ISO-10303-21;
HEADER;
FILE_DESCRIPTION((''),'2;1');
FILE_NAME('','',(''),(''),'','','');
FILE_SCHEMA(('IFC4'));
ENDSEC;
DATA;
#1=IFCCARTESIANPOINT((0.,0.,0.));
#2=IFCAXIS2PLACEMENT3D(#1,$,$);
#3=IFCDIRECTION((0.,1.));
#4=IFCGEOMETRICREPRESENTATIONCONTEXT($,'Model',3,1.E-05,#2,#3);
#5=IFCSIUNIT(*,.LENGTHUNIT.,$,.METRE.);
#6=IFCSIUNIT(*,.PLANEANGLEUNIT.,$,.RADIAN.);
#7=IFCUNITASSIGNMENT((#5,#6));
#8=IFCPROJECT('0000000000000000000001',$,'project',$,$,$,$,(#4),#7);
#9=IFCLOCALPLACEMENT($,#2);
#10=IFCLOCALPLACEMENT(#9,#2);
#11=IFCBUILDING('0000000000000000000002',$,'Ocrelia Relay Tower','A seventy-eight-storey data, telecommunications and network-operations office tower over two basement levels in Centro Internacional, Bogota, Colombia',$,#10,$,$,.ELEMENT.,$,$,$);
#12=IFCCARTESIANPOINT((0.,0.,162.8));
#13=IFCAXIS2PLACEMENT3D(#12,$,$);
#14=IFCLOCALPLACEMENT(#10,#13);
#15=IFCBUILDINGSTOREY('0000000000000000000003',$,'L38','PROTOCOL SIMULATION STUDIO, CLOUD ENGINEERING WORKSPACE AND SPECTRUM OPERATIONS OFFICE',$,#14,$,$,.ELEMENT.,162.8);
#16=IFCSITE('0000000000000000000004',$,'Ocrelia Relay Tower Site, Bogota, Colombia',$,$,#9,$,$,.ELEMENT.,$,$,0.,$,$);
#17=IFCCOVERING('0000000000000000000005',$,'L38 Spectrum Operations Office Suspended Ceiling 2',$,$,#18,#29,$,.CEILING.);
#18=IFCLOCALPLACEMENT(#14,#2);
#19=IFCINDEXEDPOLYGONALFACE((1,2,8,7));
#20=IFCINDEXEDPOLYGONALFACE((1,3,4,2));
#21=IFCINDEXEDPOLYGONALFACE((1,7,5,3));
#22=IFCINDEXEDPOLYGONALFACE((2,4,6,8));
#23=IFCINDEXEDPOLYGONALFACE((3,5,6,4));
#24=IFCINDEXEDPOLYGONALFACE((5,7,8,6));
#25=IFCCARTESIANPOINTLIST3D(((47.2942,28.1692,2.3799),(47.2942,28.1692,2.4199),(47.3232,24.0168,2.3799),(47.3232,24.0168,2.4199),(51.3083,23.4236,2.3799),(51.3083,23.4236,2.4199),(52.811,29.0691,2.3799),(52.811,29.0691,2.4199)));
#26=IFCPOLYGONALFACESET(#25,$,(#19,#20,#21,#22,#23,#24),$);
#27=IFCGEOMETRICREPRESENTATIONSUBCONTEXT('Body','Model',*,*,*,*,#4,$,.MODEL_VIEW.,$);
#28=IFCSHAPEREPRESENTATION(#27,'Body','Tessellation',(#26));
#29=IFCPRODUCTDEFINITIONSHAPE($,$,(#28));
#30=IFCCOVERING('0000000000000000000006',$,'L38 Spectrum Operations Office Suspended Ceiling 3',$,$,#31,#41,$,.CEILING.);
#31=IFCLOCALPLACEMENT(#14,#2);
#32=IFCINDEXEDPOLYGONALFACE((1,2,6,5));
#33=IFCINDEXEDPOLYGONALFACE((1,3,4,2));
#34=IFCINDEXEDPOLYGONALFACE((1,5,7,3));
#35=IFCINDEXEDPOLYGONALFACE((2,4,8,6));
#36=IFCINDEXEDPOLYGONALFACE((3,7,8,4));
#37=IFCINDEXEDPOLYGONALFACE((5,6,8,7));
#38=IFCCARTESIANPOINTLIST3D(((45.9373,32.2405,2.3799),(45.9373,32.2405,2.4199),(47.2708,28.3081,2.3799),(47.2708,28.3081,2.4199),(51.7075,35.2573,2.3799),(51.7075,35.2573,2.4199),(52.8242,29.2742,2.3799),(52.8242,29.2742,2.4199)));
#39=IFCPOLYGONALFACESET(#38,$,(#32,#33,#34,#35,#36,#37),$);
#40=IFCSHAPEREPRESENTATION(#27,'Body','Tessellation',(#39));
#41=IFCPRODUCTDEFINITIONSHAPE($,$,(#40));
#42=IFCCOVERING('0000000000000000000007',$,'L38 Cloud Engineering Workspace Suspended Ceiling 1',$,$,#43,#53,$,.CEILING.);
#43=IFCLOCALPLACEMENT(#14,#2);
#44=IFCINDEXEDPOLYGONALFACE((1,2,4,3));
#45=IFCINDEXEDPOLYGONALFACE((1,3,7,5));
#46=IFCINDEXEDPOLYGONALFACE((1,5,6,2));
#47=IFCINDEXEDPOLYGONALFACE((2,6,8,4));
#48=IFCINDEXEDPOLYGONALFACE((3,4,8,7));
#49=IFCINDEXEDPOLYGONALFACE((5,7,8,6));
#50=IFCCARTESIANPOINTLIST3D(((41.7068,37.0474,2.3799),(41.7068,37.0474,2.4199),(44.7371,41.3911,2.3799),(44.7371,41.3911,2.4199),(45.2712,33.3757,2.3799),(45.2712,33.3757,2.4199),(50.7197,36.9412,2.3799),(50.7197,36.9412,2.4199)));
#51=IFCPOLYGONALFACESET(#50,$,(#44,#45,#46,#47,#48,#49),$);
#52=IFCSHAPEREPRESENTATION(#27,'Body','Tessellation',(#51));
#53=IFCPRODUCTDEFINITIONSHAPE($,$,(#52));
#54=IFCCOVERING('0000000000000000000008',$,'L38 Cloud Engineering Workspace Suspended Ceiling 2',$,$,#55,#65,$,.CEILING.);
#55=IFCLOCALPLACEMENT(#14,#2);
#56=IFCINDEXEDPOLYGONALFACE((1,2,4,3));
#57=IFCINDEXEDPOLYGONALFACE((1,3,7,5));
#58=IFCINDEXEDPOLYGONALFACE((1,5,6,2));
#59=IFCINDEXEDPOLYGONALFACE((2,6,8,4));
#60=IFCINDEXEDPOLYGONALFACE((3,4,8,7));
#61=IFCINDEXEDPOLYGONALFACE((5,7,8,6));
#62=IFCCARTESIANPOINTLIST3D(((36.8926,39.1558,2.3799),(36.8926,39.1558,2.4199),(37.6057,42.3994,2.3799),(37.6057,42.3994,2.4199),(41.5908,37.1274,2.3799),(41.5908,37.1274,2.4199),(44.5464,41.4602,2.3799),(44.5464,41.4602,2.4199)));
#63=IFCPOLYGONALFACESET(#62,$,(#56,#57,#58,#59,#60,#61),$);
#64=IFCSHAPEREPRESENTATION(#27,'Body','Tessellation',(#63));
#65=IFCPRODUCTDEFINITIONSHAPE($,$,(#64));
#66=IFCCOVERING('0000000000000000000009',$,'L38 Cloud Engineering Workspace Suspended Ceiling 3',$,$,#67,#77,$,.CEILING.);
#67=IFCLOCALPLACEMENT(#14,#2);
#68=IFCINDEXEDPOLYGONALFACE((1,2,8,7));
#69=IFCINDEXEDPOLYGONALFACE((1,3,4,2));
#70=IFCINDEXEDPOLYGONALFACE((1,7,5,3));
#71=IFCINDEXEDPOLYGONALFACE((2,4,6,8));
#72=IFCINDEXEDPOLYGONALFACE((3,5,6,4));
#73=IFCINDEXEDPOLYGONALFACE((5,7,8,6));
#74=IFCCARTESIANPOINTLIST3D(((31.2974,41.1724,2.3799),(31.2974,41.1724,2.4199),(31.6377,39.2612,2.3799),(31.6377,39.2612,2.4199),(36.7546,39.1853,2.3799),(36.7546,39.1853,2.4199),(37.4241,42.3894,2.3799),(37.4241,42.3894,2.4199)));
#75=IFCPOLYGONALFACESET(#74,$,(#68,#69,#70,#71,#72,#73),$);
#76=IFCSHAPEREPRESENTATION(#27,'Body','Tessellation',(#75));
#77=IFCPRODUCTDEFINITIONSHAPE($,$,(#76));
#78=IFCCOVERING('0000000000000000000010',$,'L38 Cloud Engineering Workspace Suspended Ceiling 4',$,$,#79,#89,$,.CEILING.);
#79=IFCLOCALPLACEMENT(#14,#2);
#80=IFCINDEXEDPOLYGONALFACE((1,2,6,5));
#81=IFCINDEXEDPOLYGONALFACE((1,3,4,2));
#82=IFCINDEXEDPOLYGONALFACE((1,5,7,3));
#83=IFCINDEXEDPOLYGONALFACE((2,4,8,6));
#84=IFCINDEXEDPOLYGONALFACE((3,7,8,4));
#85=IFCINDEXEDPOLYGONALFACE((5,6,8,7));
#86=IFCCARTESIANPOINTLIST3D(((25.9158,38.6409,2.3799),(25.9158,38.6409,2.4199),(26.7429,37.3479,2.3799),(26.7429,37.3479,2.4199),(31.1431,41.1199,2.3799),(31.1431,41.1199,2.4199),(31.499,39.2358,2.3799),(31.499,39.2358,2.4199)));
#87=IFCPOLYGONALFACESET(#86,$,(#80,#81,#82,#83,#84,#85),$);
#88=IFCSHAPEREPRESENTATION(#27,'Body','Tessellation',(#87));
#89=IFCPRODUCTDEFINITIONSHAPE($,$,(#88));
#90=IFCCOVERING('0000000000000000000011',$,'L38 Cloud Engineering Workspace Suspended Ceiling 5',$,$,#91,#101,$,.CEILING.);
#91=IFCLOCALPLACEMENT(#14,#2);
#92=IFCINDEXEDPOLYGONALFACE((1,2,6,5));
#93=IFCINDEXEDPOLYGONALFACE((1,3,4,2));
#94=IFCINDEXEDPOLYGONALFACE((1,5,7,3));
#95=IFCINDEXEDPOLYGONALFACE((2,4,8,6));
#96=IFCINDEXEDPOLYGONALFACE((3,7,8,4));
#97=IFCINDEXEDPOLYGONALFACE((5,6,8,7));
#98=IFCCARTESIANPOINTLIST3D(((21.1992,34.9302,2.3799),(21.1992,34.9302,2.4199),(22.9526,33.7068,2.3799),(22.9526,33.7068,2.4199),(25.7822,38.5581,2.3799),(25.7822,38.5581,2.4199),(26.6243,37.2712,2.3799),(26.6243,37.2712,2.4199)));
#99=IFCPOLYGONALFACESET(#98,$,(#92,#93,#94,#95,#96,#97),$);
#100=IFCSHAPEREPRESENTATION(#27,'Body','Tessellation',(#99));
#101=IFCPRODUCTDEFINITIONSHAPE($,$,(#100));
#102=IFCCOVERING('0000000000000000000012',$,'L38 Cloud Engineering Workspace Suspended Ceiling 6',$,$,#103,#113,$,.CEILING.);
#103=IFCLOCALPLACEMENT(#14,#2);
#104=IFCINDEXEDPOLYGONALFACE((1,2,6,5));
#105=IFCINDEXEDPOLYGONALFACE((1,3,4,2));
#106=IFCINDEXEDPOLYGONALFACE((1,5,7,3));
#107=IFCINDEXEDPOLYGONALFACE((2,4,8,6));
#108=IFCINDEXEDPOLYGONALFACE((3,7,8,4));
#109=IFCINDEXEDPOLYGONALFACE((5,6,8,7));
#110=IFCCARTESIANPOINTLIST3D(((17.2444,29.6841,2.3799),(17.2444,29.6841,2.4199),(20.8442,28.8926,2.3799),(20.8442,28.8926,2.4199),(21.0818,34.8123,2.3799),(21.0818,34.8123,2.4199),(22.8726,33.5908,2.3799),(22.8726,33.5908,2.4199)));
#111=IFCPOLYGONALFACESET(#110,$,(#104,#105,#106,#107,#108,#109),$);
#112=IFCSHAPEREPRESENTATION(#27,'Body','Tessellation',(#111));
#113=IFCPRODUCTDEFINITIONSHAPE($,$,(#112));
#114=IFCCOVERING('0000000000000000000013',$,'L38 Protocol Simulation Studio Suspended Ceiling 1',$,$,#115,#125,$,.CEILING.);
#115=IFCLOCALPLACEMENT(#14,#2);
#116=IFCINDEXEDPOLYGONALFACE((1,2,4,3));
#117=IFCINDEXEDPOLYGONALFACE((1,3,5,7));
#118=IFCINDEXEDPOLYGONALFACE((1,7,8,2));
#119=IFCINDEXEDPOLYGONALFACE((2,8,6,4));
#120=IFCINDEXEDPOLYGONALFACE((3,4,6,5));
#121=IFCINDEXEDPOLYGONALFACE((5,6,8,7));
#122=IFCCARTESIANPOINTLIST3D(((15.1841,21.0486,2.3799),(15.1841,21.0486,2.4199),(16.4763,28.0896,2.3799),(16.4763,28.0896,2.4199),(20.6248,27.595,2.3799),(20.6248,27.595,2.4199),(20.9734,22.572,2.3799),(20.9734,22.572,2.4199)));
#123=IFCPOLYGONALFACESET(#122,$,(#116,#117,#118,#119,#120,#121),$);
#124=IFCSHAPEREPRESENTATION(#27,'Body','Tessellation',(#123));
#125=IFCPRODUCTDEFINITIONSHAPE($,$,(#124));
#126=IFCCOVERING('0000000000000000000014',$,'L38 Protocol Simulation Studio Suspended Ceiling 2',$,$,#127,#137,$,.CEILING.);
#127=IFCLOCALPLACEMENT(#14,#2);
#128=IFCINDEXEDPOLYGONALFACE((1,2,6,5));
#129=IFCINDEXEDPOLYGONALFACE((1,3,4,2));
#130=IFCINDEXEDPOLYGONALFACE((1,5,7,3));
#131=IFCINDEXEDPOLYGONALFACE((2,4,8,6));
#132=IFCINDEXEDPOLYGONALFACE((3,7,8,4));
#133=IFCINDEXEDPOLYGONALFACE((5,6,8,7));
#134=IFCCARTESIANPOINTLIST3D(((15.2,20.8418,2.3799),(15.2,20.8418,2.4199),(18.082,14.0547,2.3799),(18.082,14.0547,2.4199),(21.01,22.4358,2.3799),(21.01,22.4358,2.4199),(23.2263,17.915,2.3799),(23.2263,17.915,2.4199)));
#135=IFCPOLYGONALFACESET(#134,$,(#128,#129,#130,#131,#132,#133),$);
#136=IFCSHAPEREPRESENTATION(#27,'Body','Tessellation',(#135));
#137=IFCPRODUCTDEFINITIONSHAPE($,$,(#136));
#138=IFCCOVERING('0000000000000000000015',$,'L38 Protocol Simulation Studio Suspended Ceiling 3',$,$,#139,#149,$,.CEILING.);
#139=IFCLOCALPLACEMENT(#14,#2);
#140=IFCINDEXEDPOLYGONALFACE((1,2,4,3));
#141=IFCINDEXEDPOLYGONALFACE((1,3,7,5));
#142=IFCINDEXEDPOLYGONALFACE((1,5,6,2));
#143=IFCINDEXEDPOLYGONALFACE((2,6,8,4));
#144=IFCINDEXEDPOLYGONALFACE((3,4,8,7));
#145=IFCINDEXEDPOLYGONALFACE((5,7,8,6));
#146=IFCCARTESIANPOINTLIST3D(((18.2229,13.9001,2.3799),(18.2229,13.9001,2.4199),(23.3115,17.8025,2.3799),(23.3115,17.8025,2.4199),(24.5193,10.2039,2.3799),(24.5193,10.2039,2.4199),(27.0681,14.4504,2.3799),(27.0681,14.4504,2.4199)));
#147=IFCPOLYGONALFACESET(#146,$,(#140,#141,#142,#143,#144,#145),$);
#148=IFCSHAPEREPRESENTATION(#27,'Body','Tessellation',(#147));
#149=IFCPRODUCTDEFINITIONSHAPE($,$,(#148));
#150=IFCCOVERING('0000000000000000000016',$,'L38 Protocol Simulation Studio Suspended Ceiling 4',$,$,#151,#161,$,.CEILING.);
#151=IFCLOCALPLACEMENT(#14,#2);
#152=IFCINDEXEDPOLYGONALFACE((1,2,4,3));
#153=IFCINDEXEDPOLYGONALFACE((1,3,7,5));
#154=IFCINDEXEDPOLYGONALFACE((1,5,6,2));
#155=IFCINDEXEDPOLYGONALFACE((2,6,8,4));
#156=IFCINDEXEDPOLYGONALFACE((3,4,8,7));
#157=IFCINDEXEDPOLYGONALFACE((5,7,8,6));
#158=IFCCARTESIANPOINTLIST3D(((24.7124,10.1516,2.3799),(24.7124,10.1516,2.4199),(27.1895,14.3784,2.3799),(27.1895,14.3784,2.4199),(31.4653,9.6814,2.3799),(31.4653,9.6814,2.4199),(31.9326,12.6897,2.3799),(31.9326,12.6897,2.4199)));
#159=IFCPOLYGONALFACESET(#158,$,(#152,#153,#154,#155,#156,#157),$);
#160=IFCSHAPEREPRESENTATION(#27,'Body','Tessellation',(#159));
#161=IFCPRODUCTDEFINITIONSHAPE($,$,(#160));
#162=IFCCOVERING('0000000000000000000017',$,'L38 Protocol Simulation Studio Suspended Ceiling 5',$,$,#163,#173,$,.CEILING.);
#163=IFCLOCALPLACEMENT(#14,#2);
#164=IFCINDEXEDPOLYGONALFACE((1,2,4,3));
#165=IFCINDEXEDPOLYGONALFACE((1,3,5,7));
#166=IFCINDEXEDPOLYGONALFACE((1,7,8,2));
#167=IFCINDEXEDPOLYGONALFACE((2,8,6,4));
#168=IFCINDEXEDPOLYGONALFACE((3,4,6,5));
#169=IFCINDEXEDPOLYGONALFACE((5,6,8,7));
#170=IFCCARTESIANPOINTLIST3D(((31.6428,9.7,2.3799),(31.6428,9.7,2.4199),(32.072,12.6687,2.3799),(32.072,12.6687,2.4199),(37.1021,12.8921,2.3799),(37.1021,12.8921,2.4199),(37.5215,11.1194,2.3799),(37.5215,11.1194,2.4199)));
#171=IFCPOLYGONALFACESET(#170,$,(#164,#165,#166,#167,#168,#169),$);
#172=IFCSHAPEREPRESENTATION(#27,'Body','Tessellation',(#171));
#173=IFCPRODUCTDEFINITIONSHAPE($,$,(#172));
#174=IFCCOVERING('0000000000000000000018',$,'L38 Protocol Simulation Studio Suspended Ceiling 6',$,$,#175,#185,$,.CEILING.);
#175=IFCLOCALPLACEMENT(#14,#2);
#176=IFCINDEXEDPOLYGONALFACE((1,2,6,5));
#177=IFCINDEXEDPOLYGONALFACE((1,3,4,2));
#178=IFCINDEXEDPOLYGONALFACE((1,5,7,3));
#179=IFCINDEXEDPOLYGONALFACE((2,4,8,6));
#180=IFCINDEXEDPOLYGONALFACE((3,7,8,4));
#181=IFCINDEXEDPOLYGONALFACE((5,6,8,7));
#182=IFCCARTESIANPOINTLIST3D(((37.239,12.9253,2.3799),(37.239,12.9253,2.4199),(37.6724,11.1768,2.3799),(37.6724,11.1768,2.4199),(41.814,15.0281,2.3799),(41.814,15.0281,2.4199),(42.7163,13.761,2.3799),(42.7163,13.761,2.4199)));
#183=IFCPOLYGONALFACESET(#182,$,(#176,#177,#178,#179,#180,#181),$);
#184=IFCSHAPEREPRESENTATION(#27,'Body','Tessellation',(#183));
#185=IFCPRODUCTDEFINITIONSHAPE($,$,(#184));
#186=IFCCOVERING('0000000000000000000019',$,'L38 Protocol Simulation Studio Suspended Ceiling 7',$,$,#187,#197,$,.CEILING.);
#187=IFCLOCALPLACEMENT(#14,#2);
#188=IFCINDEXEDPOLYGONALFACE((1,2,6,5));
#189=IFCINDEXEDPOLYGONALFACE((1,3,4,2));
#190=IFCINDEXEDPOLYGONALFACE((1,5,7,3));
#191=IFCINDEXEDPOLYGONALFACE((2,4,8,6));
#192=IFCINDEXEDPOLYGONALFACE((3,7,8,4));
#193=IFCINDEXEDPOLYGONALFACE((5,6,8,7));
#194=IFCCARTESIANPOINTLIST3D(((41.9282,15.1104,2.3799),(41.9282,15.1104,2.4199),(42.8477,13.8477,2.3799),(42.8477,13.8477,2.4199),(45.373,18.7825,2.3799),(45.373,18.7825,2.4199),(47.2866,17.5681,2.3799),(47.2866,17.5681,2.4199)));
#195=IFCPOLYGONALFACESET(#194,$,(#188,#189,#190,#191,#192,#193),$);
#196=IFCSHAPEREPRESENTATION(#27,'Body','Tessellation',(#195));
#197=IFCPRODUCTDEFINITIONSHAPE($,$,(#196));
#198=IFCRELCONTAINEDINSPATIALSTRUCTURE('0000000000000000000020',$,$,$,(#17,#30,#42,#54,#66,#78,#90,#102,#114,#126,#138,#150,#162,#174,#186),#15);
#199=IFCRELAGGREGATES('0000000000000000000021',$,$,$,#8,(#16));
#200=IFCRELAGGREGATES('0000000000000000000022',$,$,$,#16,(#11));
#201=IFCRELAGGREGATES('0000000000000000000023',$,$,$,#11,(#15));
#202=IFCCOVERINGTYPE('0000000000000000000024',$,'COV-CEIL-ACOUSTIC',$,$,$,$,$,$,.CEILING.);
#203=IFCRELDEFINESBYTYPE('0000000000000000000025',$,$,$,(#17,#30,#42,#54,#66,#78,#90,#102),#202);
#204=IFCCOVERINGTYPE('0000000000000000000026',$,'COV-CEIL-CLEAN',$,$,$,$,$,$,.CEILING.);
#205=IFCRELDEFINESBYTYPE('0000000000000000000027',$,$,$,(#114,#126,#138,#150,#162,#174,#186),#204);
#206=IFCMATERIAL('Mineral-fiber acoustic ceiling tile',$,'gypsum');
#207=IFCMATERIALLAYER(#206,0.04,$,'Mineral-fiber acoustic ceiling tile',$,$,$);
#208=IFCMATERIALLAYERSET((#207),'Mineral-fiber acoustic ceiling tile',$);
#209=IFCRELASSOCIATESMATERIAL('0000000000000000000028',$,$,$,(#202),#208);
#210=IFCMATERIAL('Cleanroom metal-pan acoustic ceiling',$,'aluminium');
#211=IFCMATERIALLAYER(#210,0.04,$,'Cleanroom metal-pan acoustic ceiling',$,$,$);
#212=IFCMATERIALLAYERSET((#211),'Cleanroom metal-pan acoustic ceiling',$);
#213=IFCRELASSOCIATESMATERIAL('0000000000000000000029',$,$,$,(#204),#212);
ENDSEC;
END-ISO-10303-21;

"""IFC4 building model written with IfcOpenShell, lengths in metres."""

from ifc_helpers import new_model, si_unit, direction, frame, origin, place, context, subcontext, project, spatial, polyline, outline, extrude, material, layer, layer_set, type_object, element, save


model = new_model("IFC4")

# Units and contexts
model_context = context("Model", 3, precision=1e-05, world=origin(), true_north=direction((0.0, 1.0)))
body_context = subcontext(model_context, "Body", "Model", "MODEL_VIEW")
ifc_project = project(units=[si_unit("LENGTHUNIT", "METRE"), si_unit("PLANEANGLEUNIT", "RADIAN")], contexts=[model_context])

# Site, building, storey
site_placement = place(None, origin())
site = spatial("IfcSite", under=ifc_project, at=site_placement, Name="Ocrelia Relay Tower Site, Bogota, Colombia", CompositionType="ELEMENT", RefElevation=0.0)
building_placement = place(site_placement, origin())
building = spatial("IfcBuilding", under=site, at=building_placement, Name="Ocrelia Relay Tower", Description="A seventy-eight-storey data, telecommunications and network-operations office tower over two basement levels in Centro Internacional, Bogota, Colombia", CompositionType="ELEMENT")
storey_placement = place(building_placement, frame((0.0, 0.0, 162.8)))
storey = spatial("IfcBuildingStorey", under=building, at=storey_placement, Name="L38", Description="PROTOCOL SIMULATION STUDIO, CLOUD ENGINEERING WORKSPACE AND SPECTRUM OPERATIONS OFFICE", CompositionType="ELEMENT", Elevation=162.8)

# Coverings
ifc_material_1 = material(Name="Mineral-fiber acoustic ceiling tile", Category="gypsum")
ifc_layer_1 = layer(ifc_material_1, 0.04, Name="Mineral-fiber acoustic ceiling tile")
ifc_layer_set_1 = layer_set([ifc_layer_1], Name="Mineral-fiber acoustic ceiling tile")
covering_type_1 = type_object("IfcCoveringType", Name="COV-CEIL-ACOUSTIC", PredefinedType="CEILING", material=ifc_layer_set_1)
covering_1_placement = place(storey_placement, frame((0.0, 0.0, 2.3799)))
element("IfcCovering", 1, at=covering_1_placement, inside=storey, type_object=covering_type_1, Name="L38 Spectrum Operations Office Suspended Ceiling 2", PredefinedType="CEILING", context=body_context, shape_type="SweptSolid", body=[
    extrude(outline(polyline([(47.3232, 24.0168), (51.3083, 23.4236), (52.811, 29.0691), (47.2942, 28.1692), (47.3232, 24.0168)])), origin(), (0.0, 0.0, 1.0), 0.04),
])
covering_2_placement = place(storey_placement, frame((0.0, 0.0, 2.3799)))
element("IfcCovering", 2, at=covering_2_placement, inside=storey, type_object=covering_type_1, Name="L38 Spectrum Operations Office Suspended Ceiling 3", PredefinedType="CEILING", context=body_context, shape_type="SweptSolid", body=[
    extrude(outline(polyline([(47.2708, 28.3081), (52.8242, 29.2742), (51.7075, 35.2573), (45.9373, 32.2405), (47.2708, 28.3081)])), origin(), (0.0, 0.0, 1.0), 0.04),
])
covering_3_placement = place(storey_placement, frame((0.0, 0.0, 2.3799)))
element("IfcCovering", 3, at=covering_3_placement, inside=storey, type_object=covering_type_1, Name="L38 Cloud Engineering Workspace Suspended Ceiling 1", PredefinedType="CEILING", context=body_context, shape_type="SweptSolid", body=[
    extrude(outline(polyline([(45.2712, 33.3757), (50.7197, 36.9412), (44.7371, 41.3911), (41.7068, 37.0474), (45.2712, 33.3757)])), origin(), (0.0, 0.0, 1.0), 0.04),
])
covering_4_placement = place(storey_placement, frame((0.0, 0.0, 2.3799)))
element("IfcCovering", 4, at=covering_4_placement, inside=storey, type_object=covering_type_1, Name="L38 Cloud Engineering Workspace Suspended Ceiling 2", PredefinedType="CEILING", context=body_context, shape_type="SweptSolid", body=[
    extrude(outline(polyline([(41.5908, 37.1274), (44.5464, 41.4602), (37.6057, 42.3994), (36.8926, 39.1558), (41.5908, 37.1274)])), origin(), (0.0, 0.0, 1.0), 0.04),
])
covering_5_placement = place(storey_placement, frame((0.0, 0.0, 2.3799)))
element("IfcCovering", 5, at=covering_5_placement, inside=storey, type_object=covering_type_1, Name="L38 Cloud Engineering Workspace Suspended Ceiling 3", PredefinedType="CEILING", context=body_context, shape_type="SweptSolid", body=[
    extrude(outline(polyline([(36.7546, 39.1853), (37.4241, 42.3894), (31.2974, 41.1724), (31.6377, 39.2612), (36.7546, 39.1853)])), origin(), (0.0, 0.0, 1.0), 0.04),
])
covering_6_placement = place(storey_placement, frame((0.0, 0.0, 2.3799)))
element("IfcCovering", 6, at=covering_6_placement, inside=storey, type_object=covering_type_1, Name="L38 Cloud Engineering Workspace Suspended Ceiling 4", PredefinedType="CEILING", context=body_context, shape_type="SweptSolid", body=[
    extrude(outline(polyline([(31.499, 39.2358), (31.1431, 41.1199), (25.9158, 38.6409), (26.7429, 37.3479), (31.499, 39.2358)])), origin(), (0.0, 0.0, 1.0), 0.04),
])
covering_7_placement = place(storey_placement, frame((0.0, 0.0, 2.3799)))
element("IfcCovering", 7, at=covering_7_placement, inside=storey, type_object=covering_type_1, Name="L38 Cloud Engineering Workspace Suspended Ceiling 5", PredefinedType="CEILING", context=body_context, shape_type="SweptSolid", body=[
    extrude(outline(polyline([(26.6243, 37.2712), (25.7822, 38.5581), (21.1992, 34.9302), (22.9526, 33.7068), (26.6243, 37.2712)])), origin(), (0.0, 0.0, 1.0), 0.04),
])
covering_8_placement = place(storey_placement, frame((0.0, 0.0, 2.3799)))
element("IfcCovering", 8, at=covering_8_placement, inside=storey, type_object=covering_type_1, Name="L38 Cloud Engineering Workspace Suspended Ceiling 6", PredefinedType="CEILING", context=body_context, shape_type="SweptSolid", body=[
    extrude(outline(polyline([(22.8726, 33.5908), (21.0818, 34.8123), (17.2444, 29.6841), (20.8442, 28.8926), (22.8726, 33.5908)])), origin(), (0.0, 0.0, 1.0), 0.04),
])
ifc_material_2 = material(Name="Cleanroom metal-pan acoustic ceiling", Category="aluminium")
ifc_layer_2 = layer(ifc_material_2, 0.04, Name="Cleanroom metal-pan acoustic ceiling")
ifc_layer_set_2 = layer_set([ifc_layer_2], Name="Cleanroom metal-pan acoustic ceiling")
covering_type_2 = type_object("IfcCoveringType", Name="COV-CEIL-CLEAN", PredefinedType="CEILING", material=ifc_layer_set_2)
covering_9_placement = place(storey_placement, frame((0.0, 0.0, 2.3799)))
element("IfcCovering", 9, at=covering_9_placement, inside=storey, type_object=covering_type_2, Name="L38 Protocol Simulation Studio Suspended Ceiling 1", PredefinedType="CEILING", context=body_context, shape_type="SweptSolid", body=[
    extrude(outline(polyline([(20.6248, 27.595), (16.4763, 28.0896), (15.1841, 21.0486), (20.9734, 22.572), (20.6248, 27.595)])), origin(), (0.0, 0.0, 1.0), 0.04),
])
covering_10_placement = place(storey_placement, frame((0.0, 0.0, 2.3799)))
element("IfcCovering", 10, at=covering_10_placement, inside=storey, type_object=covering_type_2, Name="L38 Protocol Simulation Studio Suspended Ceiling 2", PredefinedType="CEILING", context=body_context, shape_type="SweptSolid", body=[
    extrude(outline(polyline([(21.01, 22.4358), (15.2, 20.8418), (18.082, 14.0547), (23.2263, 17.915), (21.01, 22.4358)])), origin(), (0.0, 0.0, 1.0), 0.04),
])
covering_11_placement = place(storey_placement, frame((0.0, 0.0, 2.3799)))
element("IfcCovering", 11, at=covering_11_placement, inside=storey, type_object=covering_type_2, Name="L38 Protocol Simulation Studio Suspended Ceiling 3", PredefinedType="CEILING", context=body_context, shape_type="SweptSolid", body=[
    extrude(outline(polyline([(23.3115, 17.8025), (18.2229, 13.9001), (24.5193, 10.2039), (27.0681, 14.4504), (23.3115, 17.8025)])), origin(), (0.0, 0.0, 1.0), 0.04),
])
covering_12_placement = place(storey_placement, frame((0.0, 0.0, 2.3799)))
element("IfcCovering", 12, at=covering_12_placement, inside=storey, type_object=covering_type_2, Name="L38 Protocol Simulation Studio Suspended Ceiling 4", PredefinedType="CEILING", context=body_context, shape_type="SweptSolid", body=[
    extrude(outline(polyline([(27.1895, 14.3784), (24.7124, 10.1516), (31.4653, 9.6814), (31.9326, 12.6897), (27.1895, 14.3784)])), origin(), (0.0, 0.0, 1.0), 0.04),
])
covering_13_placement = place(storey_placement, frame((0.0, 0.0, 2.3799)))
element("IfcCovering", 13, at=covering_13_placement, inside=storey, type_object=covering_type_2, Name="L38 Protocol Simulation Studio Suspended Ceiling 5", PredefinedType="CEILING", context=body_context, shape_type="SweptSolid", body=[
    extrude(outline(polyline([(32.072, 12.6687), (31.6428, 9.7), (37.5215, 11.1194), (37.1021, 12.8921), (32.072, 12.6687)])), origin(), (0.0, 0.0, 1.0), 0.04),
])
covering_14_placement = place(storey_placement, frame((0.0, 0.0, 2.3799)))
element("IfcCovering", 14, at=covering_14_placement, inside=storey, type_object=covering_type_2, Name="L38 Protocol Simulation Studio Suspended Ceiling 6", PredefinedType="CEILING", context=body_context, shape_type="SweptSolid", body=[
    extrude(outline(polyline([(37.239, 12.9253), (37.6724, 11.1768), (42.7163, 13.761), (41.814, 15.0281), (37.239, 12.9253)])), origin(), (0.0, 0.0, 1.0), 0.04),
])
covering_15_placement = place(storey_placement, frame((0.0, 0.0, 2.3799)))
element("IfcCovering", 15, at=covering_15_placement, inside=storey, type_object=covering_type_2, Name="L38 Protocol Simulation Studio Suspended Ceiling 7", PredefinedType="CEILING", context=body_context, shape_type="SweptSolid", body=[
    extrude(outline(polyline([(41.9282, 15.1104), (42.8477, 13.8477), (47.2866, 17.5681), (45.373, 18.7825), (41.9282, 15.1104)])), origin(), (0.0, 0.0, 1.0), 0.04),
])

save(model, "model.ifc")
